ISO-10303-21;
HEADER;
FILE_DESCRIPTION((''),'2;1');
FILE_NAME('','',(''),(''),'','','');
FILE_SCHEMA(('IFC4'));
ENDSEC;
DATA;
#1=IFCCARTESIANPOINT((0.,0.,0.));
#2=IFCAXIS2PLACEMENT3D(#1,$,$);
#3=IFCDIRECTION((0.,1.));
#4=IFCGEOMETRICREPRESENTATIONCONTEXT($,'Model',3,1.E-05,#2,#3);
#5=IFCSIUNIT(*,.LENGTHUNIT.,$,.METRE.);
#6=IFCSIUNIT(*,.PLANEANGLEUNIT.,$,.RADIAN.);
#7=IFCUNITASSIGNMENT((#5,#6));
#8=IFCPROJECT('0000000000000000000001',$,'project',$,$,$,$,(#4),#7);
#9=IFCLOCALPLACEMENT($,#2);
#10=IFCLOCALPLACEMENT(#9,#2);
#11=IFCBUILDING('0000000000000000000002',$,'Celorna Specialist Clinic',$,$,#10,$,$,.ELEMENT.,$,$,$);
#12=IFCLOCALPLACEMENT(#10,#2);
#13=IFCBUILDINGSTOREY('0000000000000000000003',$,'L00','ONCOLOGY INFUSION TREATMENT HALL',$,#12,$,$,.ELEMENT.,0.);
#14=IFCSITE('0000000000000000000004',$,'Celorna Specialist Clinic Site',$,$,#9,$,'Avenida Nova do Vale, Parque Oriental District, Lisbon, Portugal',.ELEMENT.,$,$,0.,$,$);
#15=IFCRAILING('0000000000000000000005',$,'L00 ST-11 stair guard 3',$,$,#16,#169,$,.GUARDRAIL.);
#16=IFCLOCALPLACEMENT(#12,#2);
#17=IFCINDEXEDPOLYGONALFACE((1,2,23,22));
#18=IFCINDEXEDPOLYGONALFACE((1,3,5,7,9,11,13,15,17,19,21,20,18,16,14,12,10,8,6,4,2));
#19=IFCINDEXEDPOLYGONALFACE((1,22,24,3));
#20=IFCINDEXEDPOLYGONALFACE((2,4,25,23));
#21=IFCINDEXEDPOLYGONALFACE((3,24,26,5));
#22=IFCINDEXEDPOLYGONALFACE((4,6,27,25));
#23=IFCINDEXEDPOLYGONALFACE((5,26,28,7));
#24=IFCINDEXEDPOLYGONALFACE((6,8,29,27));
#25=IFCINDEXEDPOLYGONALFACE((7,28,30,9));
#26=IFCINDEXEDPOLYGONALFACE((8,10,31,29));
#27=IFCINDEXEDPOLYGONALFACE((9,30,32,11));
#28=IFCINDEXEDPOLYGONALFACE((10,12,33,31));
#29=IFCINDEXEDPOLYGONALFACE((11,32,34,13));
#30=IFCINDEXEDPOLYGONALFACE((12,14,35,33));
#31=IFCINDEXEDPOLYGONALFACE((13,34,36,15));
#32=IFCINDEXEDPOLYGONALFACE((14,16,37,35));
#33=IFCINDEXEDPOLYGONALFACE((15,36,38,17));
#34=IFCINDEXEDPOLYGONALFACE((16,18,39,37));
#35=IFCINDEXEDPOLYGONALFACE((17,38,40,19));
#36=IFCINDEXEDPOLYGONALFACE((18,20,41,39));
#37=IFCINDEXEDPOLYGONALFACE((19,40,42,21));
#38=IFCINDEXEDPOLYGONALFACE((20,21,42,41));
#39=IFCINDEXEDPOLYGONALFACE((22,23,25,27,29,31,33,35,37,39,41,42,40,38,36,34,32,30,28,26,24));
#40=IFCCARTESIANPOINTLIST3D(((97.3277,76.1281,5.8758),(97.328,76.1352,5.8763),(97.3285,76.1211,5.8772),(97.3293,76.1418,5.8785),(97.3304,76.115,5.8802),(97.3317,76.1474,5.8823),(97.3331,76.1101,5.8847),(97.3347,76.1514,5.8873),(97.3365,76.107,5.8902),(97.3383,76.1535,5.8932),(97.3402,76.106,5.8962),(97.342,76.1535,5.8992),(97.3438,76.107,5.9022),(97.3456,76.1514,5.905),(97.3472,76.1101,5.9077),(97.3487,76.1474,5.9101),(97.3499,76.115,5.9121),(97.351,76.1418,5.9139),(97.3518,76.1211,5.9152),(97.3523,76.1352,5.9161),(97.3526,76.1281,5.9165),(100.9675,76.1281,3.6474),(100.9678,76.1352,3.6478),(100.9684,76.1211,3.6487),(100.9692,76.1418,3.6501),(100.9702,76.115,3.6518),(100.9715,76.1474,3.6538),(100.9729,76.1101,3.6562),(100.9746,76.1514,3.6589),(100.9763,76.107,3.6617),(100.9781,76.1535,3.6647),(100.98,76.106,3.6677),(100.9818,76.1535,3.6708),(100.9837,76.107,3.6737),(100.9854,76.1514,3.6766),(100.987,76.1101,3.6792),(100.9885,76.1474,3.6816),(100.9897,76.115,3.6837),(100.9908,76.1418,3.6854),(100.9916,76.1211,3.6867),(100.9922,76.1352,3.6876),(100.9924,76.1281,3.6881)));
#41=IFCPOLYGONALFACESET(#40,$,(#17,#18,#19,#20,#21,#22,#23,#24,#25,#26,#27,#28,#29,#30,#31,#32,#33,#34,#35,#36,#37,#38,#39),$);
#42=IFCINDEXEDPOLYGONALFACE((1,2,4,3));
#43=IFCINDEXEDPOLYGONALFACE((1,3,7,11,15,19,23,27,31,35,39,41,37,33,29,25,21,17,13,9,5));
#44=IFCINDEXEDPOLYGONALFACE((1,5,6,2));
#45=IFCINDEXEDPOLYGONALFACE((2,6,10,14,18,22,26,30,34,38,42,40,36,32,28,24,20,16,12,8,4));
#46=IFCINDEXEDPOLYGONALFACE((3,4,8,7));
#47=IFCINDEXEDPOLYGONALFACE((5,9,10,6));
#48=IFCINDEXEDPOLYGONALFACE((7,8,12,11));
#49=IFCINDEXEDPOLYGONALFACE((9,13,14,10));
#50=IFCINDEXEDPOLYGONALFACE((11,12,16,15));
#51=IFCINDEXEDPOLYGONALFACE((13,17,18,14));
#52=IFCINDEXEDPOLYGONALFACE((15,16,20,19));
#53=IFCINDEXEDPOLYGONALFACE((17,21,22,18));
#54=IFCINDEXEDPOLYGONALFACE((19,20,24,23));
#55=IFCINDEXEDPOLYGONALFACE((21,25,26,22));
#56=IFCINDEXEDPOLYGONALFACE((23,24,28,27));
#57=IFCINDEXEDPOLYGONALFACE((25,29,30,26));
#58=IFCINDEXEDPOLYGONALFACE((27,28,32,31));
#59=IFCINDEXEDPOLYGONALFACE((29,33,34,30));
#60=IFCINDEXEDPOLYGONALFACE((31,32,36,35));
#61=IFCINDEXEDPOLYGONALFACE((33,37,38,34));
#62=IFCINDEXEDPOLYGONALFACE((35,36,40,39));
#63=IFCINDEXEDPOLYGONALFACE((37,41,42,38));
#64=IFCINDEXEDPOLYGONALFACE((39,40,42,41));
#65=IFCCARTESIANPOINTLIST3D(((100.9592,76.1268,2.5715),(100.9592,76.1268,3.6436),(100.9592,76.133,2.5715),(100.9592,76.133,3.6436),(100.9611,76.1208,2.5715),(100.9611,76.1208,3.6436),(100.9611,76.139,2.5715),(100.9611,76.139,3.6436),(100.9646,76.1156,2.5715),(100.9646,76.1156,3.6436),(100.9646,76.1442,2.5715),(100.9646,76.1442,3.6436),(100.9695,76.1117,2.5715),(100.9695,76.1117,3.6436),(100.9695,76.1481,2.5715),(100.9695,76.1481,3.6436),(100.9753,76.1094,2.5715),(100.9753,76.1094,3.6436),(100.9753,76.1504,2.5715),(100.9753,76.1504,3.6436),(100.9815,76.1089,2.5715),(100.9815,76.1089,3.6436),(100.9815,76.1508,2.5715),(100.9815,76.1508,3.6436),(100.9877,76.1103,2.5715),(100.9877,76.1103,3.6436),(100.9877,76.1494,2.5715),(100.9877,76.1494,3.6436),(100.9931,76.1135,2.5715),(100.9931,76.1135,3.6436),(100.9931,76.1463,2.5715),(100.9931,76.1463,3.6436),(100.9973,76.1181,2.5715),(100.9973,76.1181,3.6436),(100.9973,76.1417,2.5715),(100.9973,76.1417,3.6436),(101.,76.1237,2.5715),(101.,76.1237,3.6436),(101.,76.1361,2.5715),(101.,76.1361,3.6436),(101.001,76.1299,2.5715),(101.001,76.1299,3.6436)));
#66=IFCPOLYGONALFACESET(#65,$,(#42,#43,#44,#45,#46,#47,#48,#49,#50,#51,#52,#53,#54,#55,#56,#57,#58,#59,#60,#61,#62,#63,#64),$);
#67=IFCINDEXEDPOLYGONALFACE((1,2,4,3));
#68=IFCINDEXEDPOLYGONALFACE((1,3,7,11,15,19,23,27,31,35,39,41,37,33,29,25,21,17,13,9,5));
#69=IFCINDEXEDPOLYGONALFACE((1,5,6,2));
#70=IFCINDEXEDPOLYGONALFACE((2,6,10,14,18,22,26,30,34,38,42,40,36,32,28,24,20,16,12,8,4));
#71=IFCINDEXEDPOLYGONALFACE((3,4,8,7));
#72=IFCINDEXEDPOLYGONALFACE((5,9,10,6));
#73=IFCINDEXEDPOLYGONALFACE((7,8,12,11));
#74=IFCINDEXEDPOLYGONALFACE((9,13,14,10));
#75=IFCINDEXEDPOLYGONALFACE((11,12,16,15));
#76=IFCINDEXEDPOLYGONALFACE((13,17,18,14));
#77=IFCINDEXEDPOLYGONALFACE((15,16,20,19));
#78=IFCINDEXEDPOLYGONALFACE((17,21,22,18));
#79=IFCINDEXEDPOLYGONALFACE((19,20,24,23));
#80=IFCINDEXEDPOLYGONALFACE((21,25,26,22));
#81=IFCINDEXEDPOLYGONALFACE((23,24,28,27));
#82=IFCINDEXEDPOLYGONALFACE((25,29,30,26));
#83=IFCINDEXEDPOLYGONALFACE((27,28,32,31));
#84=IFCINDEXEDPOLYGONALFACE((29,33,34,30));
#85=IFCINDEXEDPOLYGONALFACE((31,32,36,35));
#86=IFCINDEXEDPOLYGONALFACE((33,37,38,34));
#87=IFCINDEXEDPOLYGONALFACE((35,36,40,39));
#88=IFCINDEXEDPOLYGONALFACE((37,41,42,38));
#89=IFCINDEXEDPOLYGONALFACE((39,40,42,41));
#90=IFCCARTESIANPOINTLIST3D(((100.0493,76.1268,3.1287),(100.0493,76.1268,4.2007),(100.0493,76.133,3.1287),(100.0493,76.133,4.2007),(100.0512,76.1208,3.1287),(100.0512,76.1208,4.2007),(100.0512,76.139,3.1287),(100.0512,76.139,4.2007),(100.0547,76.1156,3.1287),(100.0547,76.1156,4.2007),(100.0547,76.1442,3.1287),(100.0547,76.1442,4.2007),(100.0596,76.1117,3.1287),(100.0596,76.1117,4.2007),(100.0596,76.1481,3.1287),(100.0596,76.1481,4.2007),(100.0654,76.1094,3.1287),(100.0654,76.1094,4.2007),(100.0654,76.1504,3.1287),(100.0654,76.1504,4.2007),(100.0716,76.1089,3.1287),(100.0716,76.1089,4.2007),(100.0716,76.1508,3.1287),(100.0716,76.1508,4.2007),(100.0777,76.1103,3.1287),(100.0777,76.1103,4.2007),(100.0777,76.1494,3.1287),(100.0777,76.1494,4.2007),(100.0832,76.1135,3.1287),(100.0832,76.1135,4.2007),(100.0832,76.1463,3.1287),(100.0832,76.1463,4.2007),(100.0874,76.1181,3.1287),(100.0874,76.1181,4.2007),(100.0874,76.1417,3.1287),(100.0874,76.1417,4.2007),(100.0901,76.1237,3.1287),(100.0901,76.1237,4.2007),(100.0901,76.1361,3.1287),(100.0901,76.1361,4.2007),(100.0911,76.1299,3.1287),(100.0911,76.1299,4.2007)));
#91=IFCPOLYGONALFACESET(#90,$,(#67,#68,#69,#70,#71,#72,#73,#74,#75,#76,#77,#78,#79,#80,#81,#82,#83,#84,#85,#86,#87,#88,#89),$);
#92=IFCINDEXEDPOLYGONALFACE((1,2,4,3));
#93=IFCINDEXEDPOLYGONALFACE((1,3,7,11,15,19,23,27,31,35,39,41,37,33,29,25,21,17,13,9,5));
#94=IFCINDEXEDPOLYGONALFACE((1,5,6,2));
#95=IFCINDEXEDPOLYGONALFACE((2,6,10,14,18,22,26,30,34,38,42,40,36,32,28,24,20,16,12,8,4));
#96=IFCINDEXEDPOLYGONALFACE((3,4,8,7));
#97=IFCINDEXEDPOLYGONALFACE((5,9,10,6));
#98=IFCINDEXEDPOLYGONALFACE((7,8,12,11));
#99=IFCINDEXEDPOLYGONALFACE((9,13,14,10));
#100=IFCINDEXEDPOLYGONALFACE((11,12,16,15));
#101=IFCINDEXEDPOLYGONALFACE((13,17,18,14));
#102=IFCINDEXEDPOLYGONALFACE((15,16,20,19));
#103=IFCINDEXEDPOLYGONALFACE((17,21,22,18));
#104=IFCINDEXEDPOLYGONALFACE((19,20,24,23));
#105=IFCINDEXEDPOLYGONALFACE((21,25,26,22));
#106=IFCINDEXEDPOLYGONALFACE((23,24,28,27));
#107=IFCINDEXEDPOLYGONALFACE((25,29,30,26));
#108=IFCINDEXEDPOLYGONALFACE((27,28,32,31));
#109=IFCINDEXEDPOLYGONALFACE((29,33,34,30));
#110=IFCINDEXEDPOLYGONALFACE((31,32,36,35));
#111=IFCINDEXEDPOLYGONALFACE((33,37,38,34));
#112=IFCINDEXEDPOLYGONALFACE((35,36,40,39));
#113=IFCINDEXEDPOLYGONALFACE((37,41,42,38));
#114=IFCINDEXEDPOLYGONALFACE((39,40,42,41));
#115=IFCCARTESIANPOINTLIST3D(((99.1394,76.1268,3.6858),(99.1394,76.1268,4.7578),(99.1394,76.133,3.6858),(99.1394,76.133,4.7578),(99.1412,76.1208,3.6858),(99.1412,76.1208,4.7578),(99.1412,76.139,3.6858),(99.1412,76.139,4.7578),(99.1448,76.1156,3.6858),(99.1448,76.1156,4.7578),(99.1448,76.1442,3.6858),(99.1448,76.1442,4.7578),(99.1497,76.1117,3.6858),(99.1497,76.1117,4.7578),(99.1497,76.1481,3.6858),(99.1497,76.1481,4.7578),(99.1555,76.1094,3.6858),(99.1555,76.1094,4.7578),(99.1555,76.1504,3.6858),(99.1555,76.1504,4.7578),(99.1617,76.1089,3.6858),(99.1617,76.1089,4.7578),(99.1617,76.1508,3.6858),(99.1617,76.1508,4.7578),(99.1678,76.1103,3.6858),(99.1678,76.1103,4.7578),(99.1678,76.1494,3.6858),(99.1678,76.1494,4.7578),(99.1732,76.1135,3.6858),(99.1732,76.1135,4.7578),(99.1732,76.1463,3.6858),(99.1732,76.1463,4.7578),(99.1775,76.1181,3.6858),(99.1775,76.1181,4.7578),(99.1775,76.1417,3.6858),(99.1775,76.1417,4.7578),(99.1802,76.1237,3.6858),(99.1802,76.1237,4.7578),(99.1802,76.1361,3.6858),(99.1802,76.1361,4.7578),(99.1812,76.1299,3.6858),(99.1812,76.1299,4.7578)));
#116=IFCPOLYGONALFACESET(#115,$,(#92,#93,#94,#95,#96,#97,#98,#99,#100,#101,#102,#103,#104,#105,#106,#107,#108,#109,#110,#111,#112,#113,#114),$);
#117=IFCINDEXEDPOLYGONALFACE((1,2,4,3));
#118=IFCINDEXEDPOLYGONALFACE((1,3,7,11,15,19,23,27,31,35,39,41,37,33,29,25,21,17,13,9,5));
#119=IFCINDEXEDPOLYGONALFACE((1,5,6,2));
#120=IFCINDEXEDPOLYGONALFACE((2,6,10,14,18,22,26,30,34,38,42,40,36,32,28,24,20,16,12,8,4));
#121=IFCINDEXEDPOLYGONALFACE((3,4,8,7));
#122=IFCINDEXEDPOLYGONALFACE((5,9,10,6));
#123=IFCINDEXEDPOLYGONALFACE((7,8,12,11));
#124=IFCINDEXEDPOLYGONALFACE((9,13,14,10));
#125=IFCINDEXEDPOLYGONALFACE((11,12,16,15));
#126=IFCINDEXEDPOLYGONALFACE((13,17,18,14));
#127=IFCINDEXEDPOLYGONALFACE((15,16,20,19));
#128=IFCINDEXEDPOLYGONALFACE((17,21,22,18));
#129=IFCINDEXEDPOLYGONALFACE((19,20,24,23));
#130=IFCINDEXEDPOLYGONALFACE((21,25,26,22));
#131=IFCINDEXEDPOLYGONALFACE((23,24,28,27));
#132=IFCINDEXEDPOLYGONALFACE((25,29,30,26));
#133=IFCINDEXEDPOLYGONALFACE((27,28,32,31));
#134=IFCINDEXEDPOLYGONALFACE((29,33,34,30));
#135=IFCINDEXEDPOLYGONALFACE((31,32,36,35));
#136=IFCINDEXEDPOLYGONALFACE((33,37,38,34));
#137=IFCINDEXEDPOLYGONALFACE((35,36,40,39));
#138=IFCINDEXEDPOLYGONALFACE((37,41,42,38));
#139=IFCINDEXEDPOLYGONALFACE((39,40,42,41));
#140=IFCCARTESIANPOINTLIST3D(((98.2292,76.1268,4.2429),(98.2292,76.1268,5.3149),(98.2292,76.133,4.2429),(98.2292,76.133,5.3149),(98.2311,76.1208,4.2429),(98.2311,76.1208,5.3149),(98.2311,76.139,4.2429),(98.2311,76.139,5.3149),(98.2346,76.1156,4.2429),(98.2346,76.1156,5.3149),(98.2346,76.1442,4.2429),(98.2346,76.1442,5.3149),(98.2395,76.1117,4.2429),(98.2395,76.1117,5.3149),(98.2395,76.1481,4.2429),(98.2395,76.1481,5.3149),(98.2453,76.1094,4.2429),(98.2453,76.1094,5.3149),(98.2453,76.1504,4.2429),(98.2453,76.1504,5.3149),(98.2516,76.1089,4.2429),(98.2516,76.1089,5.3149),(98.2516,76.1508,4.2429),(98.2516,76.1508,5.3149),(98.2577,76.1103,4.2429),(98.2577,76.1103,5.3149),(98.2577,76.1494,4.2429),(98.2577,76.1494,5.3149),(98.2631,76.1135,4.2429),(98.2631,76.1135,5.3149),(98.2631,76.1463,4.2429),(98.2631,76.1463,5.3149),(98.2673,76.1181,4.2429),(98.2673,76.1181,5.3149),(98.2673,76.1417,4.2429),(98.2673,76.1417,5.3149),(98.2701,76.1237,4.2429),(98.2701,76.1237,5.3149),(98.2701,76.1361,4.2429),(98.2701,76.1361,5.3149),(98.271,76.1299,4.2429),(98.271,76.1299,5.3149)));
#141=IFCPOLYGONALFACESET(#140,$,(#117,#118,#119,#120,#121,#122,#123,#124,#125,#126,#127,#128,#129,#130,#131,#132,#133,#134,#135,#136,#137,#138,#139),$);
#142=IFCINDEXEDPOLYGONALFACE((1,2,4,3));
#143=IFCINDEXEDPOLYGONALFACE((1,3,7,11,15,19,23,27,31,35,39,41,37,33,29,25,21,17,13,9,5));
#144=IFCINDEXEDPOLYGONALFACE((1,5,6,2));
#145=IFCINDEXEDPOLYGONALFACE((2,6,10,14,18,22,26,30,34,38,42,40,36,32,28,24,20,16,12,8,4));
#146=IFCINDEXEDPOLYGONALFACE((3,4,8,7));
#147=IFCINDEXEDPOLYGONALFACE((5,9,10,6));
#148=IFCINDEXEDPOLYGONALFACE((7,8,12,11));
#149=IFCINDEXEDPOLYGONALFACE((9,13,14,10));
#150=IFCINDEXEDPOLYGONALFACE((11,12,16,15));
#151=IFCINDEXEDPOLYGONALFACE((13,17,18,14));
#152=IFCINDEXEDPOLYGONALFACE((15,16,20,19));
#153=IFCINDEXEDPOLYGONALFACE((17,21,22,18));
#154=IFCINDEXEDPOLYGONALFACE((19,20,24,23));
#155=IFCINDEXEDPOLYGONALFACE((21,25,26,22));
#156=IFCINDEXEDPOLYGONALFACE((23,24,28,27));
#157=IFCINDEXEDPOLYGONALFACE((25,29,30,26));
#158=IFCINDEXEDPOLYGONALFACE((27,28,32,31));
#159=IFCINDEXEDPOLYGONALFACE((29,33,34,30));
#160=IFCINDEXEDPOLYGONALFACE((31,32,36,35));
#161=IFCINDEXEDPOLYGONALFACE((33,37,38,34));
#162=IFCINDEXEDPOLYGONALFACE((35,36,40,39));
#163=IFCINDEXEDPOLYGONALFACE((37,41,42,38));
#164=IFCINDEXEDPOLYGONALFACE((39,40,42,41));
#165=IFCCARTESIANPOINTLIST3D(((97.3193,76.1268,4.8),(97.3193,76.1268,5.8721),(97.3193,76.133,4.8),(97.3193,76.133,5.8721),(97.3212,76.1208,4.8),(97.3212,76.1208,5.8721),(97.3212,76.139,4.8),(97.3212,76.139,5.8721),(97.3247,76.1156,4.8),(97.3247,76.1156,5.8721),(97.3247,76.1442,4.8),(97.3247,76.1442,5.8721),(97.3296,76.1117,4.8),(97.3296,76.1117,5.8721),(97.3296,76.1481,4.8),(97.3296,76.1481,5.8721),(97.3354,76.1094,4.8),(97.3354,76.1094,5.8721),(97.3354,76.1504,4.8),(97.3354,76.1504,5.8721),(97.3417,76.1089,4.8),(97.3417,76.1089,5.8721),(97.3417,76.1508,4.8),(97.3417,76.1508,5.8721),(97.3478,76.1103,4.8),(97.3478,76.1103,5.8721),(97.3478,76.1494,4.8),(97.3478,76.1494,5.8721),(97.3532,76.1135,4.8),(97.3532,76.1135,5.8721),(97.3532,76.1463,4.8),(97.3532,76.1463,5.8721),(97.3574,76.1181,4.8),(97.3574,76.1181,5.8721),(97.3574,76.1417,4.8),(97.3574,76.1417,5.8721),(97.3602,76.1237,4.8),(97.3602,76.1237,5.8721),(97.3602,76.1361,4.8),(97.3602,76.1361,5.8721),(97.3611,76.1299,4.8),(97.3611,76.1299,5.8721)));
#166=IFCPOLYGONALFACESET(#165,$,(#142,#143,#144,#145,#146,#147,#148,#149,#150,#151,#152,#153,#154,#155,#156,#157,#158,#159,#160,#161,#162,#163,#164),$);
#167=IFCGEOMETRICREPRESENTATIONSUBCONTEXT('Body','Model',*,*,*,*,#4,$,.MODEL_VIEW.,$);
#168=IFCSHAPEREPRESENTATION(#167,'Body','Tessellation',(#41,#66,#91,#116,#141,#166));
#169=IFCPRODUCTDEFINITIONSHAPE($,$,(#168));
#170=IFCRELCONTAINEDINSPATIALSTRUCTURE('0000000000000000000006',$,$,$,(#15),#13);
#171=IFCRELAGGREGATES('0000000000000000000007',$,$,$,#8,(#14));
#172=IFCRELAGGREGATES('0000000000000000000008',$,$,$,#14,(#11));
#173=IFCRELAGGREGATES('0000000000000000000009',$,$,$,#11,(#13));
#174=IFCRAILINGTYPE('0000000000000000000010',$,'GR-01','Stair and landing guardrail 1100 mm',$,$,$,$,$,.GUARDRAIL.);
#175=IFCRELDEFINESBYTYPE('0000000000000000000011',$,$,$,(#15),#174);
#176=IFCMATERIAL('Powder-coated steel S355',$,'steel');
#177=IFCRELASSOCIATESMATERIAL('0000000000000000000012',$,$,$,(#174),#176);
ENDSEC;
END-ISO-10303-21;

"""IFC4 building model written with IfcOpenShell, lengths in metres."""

from ifc_helpers import new_model, si_unit, direction, frame, origin, origin_2d, place, context, subcontext, project, spatial, circle, extrude, material, type_object, element, save


model = new_model("IFC4")

# Units and contexts
model_context = context("Model", 3, precision=1e-05, world=origin(), true_north=direction((0.0, 1.0)))
body_context = subcontext(model_context, "Body", "Model", "MODEL_VIEW")
ifc_project = project(units=[si_unit("LENGTHUNIT", "METRE"), si_unit("PLANEANGLEUNIT", "RADIAN")], contexts=[model_context])

# Site, building, storey
site_placement = place(None, origin())
site = spatial("IfcSite", under=ifc_project, at=site_placement, Name="Celorna Specialist Clinic Site", LongName="Avenida Nova do Vale, Parque Oriental District, Lisbon, Portugal", CompositionType="ELEMENT", RefElevation=0.0)
building_placement = place(site_placement, origin())
building = spatial("IfcBuilding", under=site, at=building_placement, Name="Celorna Specialist Clinic", CompositionType="ELEMENT")
storey_placement = place(building_placement, origin())
storey = spatial("IfcBuildingStorey", under=building, at=storey_placement, Name="L00", Description="ONCOLOGY INFUSION TREATMENT HALL", CompositionType="ELEMENT", Elevation=0.0)

# Railing
ifc_material_1 = material(Name="Powder-coated steel S355", Category="steel")
railing_type_1 = type_object("IfcRailingType", Name="GR-01", Description="Stair and landing guardrail 1100 mm", PredefinedType="GUARDRAIL", material=ifc_material_1)
railing_1_placement = place(storey_placement, frame((100.98, 76.1299, 2.5715)))
element("IfcRailing", 1, at=railing_1_placement, inside=storey, type_object=railing_type_1, Name="L00 ST-11 stair guard 3", PredefinedType="GUARDRAIL", context=body_context, shape_type="SweptSolid", body=[
    extrude(circle(Radius=0.0239, at=origin_2d()), frame((0.0, 0.0, 1.0962), z_axis=(-0.85285, 0.0, 0.522156), x_axis=(0.0, -1.0, 0.0)), (0.0, 0.0, 1.0), 4.2678),
    extrude(circle(Radius=0.021, at=origin_2d()), origin(), (0.0, 0.0, 1.0), 1.072),
    extrude(circle(Radius=0.021, at=origin_2d()), frame((-0.9099, 0.0, 0.5571)), (0.0, 0.0, 1.0), 1.072),
    extrude(circle(Radius=0.021, at=origin_2d()), frame((-1.8198, 0.0, 1.1143)), (0.0, 0.0, 1.0), 1.072),
    extrude(circle(Radius=0.021, at=origin_2d()), frame((-2.73, 0.0, 1.6714)), (0.0, 0.0, 1.0), 1.072),
    extrude(circle(Radius=0.021, at=origin_2d()), frame((-3.6399, 0.0, 2.2285)), (0.0, 0.0, 1.0), 1.072),
])

save(model, "model.ifc")
